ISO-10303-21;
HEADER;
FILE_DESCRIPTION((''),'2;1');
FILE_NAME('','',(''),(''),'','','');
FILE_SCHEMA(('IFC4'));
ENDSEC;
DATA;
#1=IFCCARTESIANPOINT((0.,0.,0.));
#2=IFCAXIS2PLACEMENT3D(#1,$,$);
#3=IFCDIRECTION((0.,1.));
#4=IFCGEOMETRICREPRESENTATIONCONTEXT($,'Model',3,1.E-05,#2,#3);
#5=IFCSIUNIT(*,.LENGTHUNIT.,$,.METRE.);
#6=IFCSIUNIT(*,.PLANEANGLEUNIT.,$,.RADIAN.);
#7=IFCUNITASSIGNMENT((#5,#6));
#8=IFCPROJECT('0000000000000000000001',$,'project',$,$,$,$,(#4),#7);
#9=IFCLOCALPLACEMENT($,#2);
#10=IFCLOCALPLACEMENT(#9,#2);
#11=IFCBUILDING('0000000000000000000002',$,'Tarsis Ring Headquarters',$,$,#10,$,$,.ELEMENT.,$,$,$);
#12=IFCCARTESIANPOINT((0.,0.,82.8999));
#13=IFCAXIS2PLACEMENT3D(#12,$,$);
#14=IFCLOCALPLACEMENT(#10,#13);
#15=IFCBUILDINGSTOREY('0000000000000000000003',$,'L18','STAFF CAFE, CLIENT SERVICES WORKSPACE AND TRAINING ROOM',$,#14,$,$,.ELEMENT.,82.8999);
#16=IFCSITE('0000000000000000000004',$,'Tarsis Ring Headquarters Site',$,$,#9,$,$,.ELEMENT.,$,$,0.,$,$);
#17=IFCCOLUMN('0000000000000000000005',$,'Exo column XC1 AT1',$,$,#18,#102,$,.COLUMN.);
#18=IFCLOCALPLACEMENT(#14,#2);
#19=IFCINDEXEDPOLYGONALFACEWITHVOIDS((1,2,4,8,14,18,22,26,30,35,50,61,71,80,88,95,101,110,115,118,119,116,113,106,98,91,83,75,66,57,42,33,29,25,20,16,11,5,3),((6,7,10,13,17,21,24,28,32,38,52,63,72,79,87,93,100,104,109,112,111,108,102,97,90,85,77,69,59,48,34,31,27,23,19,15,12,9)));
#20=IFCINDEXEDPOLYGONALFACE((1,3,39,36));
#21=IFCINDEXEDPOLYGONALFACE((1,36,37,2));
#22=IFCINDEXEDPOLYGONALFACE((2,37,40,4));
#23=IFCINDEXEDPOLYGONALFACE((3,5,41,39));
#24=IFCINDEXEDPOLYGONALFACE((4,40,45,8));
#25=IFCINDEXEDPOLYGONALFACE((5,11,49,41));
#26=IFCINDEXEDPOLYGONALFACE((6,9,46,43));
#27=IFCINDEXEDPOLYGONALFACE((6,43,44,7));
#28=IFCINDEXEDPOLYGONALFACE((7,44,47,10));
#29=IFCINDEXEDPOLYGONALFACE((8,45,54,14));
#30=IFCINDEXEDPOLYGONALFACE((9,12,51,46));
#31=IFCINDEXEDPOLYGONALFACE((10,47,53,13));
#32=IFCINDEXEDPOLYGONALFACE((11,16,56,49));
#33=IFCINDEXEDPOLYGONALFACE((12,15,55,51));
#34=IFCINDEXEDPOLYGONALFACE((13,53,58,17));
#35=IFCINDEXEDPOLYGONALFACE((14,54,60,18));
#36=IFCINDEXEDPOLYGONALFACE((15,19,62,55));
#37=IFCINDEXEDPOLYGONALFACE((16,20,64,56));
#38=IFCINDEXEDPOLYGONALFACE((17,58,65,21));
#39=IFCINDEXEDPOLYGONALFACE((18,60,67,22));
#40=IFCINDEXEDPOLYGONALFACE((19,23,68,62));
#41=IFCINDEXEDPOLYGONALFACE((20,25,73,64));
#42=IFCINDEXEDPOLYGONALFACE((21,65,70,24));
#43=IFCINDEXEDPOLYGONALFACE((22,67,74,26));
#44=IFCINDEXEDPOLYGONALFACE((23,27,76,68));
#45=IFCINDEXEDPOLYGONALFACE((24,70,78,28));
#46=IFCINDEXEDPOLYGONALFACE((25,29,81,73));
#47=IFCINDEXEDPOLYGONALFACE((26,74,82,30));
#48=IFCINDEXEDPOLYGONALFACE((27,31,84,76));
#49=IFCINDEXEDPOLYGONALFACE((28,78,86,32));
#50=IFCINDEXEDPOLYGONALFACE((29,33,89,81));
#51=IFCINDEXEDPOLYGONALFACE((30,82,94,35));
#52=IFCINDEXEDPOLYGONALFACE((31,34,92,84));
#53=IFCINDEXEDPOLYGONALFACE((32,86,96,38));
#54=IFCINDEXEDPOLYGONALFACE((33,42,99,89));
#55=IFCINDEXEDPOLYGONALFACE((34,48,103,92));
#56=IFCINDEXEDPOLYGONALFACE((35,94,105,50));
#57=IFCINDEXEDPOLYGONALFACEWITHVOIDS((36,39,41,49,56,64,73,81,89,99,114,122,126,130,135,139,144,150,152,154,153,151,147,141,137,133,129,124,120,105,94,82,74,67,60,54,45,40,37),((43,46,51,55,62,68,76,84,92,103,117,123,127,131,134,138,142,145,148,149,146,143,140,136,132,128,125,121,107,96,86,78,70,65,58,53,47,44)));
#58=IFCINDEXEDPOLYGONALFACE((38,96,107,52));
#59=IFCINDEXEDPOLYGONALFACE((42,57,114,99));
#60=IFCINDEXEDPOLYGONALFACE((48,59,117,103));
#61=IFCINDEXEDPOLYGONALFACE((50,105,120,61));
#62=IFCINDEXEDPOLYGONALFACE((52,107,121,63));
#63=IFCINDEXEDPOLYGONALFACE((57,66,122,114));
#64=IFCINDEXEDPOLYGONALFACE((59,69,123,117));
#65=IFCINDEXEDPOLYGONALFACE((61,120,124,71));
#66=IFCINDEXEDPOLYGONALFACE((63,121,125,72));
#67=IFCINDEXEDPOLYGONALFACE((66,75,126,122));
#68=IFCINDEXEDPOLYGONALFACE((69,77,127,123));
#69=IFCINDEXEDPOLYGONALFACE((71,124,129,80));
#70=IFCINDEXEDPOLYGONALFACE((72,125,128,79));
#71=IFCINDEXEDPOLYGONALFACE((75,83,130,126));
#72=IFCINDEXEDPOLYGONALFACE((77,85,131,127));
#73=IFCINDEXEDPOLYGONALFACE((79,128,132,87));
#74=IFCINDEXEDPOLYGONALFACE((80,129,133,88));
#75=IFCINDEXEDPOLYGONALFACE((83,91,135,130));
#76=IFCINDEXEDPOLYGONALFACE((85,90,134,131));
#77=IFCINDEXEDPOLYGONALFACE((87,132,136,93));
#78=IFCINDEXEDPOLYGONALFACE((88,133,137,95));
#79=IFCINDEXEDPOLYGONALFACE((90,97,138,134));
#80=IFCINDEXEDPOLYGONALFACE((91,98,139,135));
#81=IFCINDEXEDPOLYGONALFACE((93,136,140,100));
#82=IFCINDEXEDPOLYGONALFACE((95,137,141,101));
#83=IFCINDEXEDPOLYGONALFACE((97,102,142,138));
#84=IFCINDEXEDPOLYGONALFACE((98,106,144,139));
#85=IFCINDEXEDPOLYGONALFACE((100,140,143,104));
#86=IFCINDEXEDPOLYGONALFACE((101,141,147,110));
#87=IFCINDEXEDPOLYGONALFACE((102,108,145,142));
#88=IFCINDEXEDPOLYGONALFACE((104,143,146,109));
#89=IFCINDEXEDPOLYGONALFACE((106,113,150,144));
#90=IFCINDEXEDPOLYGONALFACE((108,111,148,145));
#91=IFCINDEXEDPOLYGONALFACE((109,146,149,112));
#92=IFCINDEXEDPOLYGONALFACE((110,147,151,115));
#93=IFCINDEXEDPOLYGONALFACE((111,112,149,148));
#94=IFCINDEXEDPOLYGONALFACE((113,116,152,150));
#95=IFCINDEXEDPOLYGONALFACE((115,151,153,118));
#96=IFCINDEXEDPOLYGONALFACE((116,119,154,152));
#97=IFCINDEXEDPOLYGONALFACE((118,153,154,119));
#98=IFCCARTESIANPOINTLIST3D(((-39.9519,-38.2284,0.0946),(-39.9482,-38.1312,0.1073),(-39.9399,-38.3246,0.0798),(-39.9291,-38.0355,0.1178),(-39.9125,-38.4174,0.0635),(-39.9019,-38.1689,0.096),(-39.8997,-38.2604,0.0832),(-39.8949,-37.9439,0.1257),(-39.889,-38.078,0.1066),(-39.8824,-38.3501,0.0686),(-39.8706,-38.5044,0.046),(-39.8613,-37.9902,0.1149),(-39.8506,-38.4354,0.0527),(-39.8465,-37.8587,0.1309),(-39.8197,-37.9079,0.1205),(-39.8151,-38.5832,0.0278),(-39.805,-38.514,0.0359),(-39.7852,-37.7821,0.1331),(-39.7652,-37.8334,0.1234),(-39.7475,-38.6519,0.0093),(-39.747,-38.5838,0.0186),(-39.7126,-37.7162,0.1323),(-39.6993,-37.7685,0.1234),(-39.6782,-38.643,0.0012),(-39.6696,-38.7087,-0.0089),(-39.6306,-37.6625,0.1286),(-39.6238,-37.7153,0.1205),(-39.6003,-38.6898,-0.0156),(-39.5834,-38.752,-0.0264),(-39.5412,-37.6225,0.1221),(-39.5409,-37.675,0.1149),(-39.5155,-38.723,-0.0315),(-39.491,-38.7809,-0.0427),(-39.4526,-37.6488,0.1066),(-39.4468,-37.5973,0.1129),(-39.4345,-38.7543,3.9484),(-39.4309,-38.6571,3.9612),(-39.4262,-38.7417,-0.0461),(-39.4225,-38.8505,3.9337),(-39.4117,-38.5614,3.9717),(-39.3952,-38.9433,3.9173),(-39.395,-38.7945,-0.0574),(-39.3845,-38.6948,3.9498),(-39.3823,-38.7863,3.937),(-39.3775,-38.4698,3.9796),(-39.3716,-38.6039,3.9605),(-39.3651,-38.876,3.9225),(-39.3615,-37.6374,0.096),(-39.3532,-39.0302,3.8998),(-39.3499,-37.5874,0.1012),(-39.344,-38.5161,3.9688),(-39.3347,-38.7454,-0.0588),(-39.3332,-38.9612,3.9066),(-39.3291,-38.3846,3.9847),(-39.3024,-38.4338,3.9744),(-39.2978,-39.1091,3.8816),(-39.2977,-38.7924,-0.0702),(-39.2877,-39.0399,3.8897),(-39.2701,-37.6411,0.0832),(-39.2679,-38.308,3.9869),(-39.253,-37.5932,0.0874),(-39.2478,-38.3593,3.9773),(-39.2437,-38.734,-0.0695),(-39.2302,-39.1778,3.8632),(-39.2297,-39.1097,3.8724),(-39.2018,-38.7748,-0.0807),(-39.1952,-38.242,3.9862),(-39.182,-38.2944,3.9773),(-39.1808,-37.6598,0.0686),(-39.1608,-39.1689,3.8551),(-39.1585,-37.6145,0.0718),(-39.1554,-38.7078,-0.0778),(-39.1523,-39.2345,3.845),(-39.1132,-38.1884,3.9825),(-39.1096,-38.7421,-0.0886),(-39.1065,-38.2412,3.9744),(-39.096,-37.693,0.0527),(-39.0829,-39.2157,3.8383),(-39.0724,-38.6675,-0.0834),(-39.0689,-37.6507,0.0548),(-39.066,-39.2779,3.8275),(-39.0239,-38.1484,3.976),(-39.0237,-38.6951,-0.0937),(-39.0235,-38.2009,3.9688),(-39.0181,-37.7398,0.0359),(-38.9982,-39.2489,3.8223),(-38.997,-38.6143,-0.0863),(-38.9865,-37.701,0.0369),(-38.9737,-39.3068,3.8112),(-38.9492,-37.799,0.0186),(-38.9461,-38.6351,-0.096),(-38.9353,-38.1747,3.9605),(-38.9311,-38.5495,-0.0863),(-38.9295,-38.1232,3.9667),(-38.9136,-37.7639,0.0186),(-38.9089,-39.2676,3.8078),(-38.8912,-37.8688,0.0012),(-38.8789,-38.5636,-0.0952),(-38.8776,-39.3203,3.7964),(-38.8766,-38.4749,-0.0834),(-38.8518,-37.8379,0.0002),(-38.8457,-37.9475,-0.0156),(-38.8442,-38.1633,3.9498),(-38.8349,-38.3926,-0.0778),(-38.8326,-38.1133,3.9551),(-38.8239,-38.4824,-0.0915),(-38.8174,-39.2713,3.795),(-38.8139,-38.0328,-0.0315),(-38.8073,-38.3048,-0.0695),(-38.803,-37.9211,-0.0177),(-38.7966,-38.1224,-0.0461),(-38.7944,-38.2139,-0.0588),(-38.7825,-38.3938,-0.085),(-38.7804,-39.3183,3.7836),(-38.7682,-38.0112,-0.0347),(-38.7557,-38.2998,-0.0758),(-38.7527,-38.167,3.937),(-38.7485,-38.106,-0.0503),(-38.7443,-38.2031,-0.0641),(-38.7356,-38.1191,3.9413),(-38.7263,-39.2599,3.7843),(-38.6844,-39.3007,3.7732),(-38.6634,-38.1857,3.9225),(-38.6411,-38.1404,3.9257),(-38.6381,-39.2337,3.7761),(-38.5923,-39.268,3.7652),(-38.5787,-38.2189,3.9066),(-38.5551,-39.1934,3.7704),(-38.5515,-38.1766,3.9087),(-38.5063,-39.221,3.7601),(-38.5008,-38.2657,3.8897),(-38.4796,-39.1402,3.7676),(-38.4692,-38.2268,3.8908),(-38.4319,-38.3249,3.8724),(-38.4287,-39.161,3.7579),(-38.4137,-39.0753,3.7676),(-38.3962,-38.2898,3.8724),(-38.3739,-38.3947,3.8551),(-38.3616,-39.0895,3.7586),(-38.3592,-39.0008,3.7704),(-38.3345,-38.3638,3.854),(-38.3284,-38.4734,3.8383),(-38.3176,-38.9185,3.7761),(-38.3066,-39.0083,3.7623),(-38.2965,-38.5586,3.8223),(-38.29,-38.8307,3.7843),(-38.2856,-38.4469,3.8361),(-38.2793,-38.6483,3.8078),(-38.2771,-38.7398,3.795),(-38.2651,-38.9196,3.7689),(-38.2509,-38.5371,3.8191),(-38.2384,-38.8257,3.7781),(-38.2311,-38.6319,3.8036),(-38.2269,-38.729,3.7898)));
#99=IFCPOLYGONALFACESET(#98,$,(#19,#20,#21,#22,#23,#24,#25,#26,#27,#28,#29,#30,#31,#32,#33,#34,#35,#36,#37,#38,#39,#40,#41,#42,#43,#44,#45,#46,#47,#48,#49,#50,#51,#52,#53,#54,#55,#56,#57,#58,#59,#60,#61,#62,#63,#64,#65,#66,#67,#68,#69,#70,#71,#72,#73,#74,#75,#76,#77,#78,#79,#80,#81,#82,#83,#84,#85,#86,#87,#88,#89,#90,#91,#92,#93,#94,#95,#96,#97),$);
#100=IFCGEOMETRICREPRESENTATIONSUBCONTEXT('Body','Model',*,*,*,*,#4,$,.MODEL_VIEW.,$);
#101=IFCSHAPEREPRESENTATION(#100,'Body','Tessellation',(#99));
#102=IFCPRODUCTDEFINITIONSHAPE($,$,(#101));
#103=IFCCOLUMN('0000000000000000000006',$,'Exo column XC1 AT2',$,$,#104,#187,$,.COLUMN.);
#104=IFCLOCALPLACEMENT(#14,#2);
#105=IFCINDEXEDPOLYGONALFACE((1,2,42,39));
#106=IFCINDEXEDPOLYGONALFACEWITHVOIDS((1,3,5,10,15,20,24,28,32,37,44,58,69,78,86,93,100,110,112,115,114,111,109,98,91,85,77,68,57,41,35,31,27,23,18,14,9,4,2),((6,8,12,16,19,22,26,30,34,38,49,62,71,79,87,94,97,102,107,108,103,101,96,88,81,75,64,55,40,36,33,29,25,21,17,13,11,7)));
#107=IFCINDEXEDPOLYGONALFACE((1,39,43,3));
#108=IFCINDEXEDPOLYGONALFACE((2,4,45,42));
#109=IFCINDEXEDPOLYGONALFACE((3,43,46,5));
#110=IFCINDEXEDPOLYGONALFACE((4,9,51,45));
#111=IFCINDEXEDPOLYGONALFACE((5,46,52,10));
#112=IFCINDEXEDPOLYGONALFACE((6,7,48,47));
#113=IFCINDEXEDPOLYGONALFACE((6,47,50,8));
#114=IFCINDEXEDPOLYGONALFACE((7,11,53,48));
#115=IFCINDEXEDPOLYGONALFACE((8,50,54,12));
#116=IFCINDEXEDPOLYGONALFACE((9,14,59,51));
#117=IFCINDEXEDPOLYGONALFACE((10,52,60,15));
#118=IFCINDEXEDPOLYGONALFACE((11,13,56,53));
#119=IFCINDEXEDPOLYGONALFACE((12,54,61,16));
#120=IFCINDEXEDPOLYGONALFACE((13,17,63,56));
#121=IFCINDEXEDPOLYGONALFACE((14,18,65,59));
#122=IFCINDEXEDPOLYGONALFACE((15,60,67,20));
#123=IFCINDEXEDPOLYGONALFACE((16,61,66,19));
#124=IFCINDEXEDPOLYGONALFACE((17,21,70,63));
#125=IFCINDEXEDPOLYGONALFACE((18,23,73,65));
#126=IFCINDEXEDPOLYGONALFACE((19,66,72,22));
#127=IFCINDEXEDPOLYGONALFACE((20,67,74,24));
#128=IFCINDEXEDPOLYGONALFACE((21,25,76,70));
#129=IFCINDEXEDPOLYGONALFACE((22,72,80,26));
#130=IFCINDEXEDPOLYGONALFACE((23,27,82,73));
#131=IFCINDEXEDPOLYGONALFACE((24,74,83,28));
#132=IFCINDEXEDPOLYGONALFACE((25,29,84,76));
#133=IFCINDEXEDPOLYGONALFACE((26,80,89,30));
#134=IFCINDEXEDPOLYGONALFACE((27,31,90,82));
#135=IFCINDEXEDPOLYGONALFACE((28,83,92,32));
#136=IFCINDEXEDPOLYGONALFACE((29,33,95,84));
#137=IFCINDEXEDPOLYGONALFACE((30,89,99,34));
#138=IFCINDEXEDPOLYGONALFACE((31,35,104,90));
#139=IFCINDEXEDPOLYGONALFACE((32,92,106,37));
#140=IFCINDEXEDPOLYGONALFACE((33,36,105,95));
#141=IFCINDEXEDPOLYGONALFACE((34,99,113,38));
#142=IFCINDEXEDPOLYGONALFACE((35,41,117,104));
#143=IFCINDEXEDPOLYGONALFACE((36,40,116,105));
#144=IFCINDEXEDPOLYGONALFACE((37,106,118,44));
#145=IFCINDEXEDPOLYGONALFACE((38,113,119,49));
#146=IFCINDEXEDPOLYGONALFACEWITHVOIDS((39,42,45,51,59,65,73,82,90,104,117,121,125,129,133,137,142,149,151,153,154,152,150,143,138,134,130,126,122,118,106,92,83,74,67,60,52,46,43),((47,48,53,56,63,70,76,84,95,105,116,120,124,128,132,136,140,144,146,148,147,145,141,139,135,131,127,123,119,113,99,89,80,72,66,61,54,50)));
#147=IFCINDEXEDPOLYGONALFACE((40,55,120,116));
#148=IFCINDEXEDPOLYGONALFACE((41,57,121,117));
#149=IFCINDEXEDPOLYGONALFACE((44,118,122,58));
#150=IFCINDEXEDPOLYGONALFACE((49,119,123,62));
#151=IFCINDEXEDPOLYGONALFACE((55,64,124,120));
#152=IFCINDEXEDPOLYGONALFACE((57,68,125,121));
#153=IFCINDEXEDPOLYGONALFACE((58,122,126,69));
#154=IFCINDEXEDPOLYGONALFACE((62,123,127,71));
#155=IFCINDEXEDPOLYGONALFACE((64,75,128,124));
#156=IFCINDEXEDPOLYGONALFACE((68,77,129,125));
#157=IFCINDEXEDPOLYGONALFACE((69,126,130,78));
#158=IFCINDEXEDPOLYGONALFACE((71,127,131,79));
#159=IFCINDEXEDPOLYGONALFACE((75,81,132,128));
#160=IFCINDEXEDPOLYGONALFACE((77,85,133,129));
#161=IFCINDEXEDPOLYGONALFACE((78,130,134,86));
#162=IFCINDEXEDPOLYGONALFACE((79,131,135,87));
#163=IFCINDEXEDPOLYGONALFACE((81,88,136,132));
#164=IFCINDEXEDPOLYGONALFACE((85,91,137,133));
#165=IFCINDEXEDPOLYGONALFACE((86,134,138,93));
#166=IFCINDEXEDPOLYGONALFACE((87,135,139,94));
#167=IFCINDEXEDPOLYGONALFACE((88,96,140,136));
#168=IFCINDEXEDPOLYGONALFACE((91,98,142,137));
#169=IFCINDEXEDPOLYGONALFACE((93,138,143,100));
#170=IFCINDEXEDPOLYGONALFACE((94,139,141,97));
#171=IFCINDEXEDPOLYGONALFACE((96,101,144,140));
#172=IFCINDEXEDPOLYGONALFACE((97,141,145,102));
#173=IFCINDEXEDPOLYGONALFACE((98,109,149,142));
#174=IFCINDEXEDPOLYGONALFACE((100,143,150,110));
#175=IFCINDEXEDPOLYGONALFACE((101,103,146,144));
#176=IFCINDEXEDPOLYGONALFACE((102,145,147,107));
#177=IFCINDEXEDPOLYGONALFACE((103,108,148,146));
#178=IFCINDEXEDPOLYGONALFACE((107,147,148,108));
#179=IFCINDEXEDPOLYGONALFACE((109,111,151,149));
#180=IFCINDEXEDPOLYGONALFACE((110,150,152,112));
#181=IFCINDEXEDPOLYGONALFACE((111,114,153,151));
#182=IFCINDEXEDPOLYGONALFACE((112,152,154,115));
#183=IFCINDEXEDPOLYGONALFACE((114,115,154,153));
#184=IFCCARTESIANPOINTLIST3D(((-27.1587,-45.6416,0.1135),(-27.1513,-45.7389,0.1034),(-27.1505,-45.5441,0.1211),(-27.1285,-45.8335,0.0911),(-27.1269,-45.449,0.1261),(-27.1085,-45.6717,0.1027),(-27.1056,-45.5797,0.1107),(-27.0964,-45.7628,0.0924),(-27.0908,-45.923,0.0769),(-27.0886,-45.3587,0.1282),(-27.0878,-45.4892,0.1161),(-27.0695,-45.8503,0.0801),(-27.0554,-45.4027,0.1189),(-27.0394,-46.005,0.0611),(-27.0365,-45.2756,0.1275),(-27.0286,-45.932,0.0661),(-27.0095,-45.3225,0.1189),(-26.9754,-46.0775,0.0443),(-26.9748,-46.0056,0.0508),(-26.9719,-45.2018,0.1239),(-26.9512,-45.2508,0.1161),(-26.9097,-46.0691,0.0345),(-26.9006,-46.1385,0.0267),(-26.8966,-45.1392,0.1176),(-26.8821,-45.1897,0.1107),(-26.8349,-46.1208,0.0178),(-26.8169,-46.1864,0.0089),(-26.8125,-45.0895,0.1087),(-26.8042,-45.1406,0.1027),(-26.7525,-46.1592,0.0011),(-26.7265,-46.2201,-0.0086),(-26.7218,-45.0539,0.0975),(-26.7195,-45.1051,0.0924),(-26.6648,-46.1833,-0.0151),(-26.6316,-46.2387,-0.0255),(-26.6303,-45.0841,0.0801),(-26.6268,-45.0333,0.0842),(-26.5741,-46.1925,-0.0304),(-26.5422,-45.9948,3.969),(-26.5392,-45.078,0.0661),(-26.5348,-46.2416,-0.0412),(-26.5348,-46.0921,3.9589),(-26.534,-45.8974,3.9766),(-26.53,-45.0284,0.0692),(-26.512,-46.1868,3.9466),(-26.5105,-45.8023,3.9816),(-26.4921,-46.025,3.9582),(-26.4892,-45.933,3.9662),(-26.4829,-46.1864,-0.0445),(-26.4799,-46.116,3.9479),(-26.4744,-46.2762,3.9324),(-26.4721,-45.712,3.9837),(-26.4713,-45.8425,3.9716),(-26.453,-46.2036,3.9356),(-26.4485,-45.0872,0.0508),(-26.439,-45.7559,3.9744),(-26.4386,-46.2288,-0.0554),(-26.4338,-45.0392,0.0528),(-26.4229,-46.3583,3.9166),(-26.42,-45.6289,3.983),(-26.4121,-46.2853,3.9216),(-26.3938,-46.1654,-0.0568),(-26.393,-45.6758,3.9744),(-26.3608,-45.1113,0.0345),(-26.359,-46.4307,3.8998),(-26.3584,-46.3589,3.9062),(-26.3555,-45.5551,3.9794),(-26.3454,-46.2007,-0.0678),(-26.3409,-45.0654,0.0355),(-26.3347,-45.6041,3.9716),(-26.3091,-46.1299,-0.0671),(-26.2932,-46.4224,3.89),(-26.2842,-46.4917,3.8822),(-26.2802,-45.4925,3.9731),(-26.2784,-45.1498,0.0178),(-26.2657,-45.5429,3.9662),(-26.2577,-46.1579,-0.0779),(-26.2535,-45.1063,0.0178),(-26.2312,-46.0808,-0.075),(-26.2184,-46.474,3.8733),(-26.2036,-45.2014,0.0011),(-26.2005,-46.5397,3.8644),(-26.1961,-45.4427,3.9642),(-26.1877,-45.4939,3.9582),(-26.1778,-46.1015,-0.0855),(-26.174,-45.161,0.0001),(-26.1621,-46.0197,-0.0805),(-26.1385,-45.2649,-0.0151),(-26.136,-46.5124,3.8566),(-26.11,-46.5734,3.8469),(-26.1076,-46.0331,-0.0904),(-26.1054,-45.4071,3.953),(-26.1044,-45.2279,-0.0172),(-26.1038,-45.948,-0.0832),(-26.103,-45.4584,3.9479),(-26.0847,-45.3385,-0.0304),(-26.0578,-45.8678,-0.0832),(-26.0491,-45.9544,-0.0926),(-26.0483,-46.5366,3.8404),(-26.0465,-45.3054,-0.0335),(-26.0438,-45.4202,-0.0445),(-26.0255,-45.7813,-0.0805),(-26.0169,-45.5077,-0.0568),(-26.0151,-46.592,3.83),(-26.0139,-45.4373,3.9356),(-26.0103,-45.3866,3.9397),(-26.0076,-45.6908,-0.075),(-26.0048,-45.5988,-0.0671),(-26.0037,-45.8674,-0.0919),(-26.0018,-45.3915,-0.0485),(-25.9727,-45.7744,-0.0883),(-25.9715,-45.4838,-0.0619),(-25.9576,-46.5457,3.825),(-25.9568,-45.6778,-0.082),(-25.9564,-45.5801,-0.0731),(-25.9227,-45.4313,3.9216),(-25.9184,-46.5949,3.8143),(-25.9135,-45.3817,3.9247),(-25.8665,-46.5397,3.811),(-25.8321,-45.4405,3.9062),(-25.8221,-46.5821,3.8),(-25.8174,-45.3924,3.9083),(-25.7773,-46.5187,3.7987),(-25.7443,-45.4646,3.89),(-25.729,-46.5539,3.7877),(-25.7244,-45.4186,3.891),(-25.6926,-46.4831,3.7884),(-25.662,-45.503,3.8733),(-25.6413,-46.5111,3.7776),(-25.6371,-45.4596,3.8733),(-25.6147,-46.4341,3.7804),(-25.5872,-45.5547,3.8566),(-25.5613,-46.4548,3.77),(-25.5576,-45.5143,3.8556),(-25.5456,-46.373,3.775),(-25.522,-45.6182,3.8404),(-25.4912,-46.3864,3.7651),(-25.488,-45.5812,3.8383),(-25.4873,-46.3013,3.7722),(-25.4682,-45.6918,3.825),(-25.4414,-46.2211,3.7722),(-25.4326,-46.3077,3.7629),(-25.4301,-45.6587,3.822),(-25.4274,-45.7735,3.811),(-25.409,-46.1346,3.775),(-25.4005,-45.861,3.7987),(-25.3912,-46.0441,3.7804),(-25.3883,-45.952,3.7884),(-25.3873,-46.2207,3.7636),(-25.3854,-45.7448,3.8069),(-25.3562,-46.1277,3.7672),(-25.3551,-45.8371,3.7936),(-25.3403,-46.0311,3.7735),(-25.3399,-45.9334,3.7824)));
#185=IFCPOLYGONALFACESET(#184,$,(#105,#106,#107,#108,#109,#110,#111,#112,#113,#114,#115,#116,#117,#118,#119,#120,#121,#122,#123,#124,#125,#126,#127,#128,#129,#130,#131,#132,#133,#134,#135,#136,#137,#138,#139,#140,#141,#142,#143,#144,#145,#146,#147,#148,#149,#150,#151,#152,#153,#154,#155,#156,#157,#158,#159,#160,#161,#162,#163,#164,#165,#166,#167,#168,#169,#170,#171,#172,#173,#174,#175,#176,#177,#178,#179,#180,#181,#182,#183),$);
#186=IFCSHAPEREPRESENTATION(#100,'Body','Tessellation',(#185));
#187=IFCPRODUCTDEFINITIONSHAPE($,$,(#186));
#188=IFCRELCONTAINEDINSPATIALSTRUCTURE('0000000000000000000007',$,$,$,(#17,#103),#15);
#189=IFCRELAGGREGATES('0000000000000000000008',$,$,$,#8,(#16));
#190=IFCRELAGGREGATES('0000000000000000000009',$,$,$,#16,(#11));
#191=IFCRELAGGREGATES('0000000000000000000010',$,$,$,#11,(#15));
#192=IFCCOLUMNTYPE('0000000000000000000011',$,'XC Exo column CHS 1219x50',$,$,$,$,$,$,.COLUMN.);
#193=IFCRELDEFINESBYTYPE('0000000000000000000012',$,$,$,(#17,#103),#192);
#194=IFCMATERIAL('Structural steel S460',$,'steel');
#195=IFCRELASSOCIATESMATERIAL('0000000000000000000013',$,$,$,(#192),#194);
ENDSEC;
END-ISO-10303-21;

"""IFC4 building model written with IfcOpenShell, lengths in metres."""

from ifc_helpers import new_model, si_unit, direction, frame, origin, origin_2d, place, context, subcontext, project, spatial, hollow_circle, extrude, material, material_profile, profile_set, type_object, element, save


model = new_model("IFC4")

# Units and contexts
model_context = context("Model", 3, precision=1e-05, world=origin(), true_north=direction((0.0, 1.0)))
body_context = subcontext(model_context, "Body", "Model", "MODEL_VIEW")
ifc_project = project(units=[si_unit("LENGTHUNIT", "METRE"), si_unit("PLANEANGLEUNIT", "RADIAN")], contexts=[model_context])

# Site, building, storey
site_placement = place(None, origin())
site = spatial("IfcSite", under=ifc_project, at=site_placement, Name="Tarsis Ring Headquarters Site", CompositionType="ELEMENT", RefElevation=0.0)
building_placement = place(site_placement, origin())
building = spatial("IfcBuilding", under=site, at=building_placement, Name="Tarsis Ring Headquarters", CompositionType="ELEMENT")
storey_placement = place(building_placement, frame((0.0, 0.0, 82.8999)))
storey = spatial("IfcBuildingStorey", under=building, at=storey_placement, Name="L18", Description="STAFF CAFE, CLIENT SERVICES WORKSPACE AND TRAINING ROOM", CompositionType="ELEMENT", Elevation=82.8999)

# Columns
ifc_material_1 = material(Name="Structural steel S460", Category="steel")
ifc_material_profile_1 = material_profile(ifc_material_1, hollow_circle(Radius=0.6096, WallThickness=0.05, at=origin_2d()), Name="CHS 1219x50")
ifc_profile_set_1 = profile_set([ifc_material_profile_1], Name="Structural steel S460")
column_type = type_object("IfcColumnType", Name="XC Exo column CHS 1219x50", PredefinedType="COLUMN", material=ifc_profile_set_1)
column_1_placement = place(storey_placement, frame((-39.3481, -38.1914, 0.0186), z_axis=(0.131848, -0.134025, 0.982168), x_axis=(0.712875, 0.701291, 0.0)))
element("IfcColumn", 1, at=column_1_placement, inside=storey, type_object=column_type, Name="Exo column XC1 AT1", PredefinedType="COLUMN", context=body_context, shape_type="SweptSolid", body=[
    extrude(hollow_circle(Radius=0.6096, WallThickness=0.05, at=origin_2d()), origin(), (0.0, 0.0, 1.0), 3.9238),
])
column_2_placement = place(storey_placement, frame((-26.5566, -45.6353, 0.0178), z_axis=(0.157243, -0.090111, 0.98344), x_axis=(0.497212, 0.867629, 0.0)))
element("IfcColumn", 2, at=column_2_placement, inside=storey, type_object=column_type, Name="Exo column XC1 AT2", PredefinedType="COLUMN", context=body_context, shape_type="SweptSolid", body=[
    extrude(hollow_circle(Radius=0.6096, WallThickness=0.05, at=origin_2d()), origin(), (0.0, 0.0, 1.0), 3.9204),
])

save(model, "model.ifc")
